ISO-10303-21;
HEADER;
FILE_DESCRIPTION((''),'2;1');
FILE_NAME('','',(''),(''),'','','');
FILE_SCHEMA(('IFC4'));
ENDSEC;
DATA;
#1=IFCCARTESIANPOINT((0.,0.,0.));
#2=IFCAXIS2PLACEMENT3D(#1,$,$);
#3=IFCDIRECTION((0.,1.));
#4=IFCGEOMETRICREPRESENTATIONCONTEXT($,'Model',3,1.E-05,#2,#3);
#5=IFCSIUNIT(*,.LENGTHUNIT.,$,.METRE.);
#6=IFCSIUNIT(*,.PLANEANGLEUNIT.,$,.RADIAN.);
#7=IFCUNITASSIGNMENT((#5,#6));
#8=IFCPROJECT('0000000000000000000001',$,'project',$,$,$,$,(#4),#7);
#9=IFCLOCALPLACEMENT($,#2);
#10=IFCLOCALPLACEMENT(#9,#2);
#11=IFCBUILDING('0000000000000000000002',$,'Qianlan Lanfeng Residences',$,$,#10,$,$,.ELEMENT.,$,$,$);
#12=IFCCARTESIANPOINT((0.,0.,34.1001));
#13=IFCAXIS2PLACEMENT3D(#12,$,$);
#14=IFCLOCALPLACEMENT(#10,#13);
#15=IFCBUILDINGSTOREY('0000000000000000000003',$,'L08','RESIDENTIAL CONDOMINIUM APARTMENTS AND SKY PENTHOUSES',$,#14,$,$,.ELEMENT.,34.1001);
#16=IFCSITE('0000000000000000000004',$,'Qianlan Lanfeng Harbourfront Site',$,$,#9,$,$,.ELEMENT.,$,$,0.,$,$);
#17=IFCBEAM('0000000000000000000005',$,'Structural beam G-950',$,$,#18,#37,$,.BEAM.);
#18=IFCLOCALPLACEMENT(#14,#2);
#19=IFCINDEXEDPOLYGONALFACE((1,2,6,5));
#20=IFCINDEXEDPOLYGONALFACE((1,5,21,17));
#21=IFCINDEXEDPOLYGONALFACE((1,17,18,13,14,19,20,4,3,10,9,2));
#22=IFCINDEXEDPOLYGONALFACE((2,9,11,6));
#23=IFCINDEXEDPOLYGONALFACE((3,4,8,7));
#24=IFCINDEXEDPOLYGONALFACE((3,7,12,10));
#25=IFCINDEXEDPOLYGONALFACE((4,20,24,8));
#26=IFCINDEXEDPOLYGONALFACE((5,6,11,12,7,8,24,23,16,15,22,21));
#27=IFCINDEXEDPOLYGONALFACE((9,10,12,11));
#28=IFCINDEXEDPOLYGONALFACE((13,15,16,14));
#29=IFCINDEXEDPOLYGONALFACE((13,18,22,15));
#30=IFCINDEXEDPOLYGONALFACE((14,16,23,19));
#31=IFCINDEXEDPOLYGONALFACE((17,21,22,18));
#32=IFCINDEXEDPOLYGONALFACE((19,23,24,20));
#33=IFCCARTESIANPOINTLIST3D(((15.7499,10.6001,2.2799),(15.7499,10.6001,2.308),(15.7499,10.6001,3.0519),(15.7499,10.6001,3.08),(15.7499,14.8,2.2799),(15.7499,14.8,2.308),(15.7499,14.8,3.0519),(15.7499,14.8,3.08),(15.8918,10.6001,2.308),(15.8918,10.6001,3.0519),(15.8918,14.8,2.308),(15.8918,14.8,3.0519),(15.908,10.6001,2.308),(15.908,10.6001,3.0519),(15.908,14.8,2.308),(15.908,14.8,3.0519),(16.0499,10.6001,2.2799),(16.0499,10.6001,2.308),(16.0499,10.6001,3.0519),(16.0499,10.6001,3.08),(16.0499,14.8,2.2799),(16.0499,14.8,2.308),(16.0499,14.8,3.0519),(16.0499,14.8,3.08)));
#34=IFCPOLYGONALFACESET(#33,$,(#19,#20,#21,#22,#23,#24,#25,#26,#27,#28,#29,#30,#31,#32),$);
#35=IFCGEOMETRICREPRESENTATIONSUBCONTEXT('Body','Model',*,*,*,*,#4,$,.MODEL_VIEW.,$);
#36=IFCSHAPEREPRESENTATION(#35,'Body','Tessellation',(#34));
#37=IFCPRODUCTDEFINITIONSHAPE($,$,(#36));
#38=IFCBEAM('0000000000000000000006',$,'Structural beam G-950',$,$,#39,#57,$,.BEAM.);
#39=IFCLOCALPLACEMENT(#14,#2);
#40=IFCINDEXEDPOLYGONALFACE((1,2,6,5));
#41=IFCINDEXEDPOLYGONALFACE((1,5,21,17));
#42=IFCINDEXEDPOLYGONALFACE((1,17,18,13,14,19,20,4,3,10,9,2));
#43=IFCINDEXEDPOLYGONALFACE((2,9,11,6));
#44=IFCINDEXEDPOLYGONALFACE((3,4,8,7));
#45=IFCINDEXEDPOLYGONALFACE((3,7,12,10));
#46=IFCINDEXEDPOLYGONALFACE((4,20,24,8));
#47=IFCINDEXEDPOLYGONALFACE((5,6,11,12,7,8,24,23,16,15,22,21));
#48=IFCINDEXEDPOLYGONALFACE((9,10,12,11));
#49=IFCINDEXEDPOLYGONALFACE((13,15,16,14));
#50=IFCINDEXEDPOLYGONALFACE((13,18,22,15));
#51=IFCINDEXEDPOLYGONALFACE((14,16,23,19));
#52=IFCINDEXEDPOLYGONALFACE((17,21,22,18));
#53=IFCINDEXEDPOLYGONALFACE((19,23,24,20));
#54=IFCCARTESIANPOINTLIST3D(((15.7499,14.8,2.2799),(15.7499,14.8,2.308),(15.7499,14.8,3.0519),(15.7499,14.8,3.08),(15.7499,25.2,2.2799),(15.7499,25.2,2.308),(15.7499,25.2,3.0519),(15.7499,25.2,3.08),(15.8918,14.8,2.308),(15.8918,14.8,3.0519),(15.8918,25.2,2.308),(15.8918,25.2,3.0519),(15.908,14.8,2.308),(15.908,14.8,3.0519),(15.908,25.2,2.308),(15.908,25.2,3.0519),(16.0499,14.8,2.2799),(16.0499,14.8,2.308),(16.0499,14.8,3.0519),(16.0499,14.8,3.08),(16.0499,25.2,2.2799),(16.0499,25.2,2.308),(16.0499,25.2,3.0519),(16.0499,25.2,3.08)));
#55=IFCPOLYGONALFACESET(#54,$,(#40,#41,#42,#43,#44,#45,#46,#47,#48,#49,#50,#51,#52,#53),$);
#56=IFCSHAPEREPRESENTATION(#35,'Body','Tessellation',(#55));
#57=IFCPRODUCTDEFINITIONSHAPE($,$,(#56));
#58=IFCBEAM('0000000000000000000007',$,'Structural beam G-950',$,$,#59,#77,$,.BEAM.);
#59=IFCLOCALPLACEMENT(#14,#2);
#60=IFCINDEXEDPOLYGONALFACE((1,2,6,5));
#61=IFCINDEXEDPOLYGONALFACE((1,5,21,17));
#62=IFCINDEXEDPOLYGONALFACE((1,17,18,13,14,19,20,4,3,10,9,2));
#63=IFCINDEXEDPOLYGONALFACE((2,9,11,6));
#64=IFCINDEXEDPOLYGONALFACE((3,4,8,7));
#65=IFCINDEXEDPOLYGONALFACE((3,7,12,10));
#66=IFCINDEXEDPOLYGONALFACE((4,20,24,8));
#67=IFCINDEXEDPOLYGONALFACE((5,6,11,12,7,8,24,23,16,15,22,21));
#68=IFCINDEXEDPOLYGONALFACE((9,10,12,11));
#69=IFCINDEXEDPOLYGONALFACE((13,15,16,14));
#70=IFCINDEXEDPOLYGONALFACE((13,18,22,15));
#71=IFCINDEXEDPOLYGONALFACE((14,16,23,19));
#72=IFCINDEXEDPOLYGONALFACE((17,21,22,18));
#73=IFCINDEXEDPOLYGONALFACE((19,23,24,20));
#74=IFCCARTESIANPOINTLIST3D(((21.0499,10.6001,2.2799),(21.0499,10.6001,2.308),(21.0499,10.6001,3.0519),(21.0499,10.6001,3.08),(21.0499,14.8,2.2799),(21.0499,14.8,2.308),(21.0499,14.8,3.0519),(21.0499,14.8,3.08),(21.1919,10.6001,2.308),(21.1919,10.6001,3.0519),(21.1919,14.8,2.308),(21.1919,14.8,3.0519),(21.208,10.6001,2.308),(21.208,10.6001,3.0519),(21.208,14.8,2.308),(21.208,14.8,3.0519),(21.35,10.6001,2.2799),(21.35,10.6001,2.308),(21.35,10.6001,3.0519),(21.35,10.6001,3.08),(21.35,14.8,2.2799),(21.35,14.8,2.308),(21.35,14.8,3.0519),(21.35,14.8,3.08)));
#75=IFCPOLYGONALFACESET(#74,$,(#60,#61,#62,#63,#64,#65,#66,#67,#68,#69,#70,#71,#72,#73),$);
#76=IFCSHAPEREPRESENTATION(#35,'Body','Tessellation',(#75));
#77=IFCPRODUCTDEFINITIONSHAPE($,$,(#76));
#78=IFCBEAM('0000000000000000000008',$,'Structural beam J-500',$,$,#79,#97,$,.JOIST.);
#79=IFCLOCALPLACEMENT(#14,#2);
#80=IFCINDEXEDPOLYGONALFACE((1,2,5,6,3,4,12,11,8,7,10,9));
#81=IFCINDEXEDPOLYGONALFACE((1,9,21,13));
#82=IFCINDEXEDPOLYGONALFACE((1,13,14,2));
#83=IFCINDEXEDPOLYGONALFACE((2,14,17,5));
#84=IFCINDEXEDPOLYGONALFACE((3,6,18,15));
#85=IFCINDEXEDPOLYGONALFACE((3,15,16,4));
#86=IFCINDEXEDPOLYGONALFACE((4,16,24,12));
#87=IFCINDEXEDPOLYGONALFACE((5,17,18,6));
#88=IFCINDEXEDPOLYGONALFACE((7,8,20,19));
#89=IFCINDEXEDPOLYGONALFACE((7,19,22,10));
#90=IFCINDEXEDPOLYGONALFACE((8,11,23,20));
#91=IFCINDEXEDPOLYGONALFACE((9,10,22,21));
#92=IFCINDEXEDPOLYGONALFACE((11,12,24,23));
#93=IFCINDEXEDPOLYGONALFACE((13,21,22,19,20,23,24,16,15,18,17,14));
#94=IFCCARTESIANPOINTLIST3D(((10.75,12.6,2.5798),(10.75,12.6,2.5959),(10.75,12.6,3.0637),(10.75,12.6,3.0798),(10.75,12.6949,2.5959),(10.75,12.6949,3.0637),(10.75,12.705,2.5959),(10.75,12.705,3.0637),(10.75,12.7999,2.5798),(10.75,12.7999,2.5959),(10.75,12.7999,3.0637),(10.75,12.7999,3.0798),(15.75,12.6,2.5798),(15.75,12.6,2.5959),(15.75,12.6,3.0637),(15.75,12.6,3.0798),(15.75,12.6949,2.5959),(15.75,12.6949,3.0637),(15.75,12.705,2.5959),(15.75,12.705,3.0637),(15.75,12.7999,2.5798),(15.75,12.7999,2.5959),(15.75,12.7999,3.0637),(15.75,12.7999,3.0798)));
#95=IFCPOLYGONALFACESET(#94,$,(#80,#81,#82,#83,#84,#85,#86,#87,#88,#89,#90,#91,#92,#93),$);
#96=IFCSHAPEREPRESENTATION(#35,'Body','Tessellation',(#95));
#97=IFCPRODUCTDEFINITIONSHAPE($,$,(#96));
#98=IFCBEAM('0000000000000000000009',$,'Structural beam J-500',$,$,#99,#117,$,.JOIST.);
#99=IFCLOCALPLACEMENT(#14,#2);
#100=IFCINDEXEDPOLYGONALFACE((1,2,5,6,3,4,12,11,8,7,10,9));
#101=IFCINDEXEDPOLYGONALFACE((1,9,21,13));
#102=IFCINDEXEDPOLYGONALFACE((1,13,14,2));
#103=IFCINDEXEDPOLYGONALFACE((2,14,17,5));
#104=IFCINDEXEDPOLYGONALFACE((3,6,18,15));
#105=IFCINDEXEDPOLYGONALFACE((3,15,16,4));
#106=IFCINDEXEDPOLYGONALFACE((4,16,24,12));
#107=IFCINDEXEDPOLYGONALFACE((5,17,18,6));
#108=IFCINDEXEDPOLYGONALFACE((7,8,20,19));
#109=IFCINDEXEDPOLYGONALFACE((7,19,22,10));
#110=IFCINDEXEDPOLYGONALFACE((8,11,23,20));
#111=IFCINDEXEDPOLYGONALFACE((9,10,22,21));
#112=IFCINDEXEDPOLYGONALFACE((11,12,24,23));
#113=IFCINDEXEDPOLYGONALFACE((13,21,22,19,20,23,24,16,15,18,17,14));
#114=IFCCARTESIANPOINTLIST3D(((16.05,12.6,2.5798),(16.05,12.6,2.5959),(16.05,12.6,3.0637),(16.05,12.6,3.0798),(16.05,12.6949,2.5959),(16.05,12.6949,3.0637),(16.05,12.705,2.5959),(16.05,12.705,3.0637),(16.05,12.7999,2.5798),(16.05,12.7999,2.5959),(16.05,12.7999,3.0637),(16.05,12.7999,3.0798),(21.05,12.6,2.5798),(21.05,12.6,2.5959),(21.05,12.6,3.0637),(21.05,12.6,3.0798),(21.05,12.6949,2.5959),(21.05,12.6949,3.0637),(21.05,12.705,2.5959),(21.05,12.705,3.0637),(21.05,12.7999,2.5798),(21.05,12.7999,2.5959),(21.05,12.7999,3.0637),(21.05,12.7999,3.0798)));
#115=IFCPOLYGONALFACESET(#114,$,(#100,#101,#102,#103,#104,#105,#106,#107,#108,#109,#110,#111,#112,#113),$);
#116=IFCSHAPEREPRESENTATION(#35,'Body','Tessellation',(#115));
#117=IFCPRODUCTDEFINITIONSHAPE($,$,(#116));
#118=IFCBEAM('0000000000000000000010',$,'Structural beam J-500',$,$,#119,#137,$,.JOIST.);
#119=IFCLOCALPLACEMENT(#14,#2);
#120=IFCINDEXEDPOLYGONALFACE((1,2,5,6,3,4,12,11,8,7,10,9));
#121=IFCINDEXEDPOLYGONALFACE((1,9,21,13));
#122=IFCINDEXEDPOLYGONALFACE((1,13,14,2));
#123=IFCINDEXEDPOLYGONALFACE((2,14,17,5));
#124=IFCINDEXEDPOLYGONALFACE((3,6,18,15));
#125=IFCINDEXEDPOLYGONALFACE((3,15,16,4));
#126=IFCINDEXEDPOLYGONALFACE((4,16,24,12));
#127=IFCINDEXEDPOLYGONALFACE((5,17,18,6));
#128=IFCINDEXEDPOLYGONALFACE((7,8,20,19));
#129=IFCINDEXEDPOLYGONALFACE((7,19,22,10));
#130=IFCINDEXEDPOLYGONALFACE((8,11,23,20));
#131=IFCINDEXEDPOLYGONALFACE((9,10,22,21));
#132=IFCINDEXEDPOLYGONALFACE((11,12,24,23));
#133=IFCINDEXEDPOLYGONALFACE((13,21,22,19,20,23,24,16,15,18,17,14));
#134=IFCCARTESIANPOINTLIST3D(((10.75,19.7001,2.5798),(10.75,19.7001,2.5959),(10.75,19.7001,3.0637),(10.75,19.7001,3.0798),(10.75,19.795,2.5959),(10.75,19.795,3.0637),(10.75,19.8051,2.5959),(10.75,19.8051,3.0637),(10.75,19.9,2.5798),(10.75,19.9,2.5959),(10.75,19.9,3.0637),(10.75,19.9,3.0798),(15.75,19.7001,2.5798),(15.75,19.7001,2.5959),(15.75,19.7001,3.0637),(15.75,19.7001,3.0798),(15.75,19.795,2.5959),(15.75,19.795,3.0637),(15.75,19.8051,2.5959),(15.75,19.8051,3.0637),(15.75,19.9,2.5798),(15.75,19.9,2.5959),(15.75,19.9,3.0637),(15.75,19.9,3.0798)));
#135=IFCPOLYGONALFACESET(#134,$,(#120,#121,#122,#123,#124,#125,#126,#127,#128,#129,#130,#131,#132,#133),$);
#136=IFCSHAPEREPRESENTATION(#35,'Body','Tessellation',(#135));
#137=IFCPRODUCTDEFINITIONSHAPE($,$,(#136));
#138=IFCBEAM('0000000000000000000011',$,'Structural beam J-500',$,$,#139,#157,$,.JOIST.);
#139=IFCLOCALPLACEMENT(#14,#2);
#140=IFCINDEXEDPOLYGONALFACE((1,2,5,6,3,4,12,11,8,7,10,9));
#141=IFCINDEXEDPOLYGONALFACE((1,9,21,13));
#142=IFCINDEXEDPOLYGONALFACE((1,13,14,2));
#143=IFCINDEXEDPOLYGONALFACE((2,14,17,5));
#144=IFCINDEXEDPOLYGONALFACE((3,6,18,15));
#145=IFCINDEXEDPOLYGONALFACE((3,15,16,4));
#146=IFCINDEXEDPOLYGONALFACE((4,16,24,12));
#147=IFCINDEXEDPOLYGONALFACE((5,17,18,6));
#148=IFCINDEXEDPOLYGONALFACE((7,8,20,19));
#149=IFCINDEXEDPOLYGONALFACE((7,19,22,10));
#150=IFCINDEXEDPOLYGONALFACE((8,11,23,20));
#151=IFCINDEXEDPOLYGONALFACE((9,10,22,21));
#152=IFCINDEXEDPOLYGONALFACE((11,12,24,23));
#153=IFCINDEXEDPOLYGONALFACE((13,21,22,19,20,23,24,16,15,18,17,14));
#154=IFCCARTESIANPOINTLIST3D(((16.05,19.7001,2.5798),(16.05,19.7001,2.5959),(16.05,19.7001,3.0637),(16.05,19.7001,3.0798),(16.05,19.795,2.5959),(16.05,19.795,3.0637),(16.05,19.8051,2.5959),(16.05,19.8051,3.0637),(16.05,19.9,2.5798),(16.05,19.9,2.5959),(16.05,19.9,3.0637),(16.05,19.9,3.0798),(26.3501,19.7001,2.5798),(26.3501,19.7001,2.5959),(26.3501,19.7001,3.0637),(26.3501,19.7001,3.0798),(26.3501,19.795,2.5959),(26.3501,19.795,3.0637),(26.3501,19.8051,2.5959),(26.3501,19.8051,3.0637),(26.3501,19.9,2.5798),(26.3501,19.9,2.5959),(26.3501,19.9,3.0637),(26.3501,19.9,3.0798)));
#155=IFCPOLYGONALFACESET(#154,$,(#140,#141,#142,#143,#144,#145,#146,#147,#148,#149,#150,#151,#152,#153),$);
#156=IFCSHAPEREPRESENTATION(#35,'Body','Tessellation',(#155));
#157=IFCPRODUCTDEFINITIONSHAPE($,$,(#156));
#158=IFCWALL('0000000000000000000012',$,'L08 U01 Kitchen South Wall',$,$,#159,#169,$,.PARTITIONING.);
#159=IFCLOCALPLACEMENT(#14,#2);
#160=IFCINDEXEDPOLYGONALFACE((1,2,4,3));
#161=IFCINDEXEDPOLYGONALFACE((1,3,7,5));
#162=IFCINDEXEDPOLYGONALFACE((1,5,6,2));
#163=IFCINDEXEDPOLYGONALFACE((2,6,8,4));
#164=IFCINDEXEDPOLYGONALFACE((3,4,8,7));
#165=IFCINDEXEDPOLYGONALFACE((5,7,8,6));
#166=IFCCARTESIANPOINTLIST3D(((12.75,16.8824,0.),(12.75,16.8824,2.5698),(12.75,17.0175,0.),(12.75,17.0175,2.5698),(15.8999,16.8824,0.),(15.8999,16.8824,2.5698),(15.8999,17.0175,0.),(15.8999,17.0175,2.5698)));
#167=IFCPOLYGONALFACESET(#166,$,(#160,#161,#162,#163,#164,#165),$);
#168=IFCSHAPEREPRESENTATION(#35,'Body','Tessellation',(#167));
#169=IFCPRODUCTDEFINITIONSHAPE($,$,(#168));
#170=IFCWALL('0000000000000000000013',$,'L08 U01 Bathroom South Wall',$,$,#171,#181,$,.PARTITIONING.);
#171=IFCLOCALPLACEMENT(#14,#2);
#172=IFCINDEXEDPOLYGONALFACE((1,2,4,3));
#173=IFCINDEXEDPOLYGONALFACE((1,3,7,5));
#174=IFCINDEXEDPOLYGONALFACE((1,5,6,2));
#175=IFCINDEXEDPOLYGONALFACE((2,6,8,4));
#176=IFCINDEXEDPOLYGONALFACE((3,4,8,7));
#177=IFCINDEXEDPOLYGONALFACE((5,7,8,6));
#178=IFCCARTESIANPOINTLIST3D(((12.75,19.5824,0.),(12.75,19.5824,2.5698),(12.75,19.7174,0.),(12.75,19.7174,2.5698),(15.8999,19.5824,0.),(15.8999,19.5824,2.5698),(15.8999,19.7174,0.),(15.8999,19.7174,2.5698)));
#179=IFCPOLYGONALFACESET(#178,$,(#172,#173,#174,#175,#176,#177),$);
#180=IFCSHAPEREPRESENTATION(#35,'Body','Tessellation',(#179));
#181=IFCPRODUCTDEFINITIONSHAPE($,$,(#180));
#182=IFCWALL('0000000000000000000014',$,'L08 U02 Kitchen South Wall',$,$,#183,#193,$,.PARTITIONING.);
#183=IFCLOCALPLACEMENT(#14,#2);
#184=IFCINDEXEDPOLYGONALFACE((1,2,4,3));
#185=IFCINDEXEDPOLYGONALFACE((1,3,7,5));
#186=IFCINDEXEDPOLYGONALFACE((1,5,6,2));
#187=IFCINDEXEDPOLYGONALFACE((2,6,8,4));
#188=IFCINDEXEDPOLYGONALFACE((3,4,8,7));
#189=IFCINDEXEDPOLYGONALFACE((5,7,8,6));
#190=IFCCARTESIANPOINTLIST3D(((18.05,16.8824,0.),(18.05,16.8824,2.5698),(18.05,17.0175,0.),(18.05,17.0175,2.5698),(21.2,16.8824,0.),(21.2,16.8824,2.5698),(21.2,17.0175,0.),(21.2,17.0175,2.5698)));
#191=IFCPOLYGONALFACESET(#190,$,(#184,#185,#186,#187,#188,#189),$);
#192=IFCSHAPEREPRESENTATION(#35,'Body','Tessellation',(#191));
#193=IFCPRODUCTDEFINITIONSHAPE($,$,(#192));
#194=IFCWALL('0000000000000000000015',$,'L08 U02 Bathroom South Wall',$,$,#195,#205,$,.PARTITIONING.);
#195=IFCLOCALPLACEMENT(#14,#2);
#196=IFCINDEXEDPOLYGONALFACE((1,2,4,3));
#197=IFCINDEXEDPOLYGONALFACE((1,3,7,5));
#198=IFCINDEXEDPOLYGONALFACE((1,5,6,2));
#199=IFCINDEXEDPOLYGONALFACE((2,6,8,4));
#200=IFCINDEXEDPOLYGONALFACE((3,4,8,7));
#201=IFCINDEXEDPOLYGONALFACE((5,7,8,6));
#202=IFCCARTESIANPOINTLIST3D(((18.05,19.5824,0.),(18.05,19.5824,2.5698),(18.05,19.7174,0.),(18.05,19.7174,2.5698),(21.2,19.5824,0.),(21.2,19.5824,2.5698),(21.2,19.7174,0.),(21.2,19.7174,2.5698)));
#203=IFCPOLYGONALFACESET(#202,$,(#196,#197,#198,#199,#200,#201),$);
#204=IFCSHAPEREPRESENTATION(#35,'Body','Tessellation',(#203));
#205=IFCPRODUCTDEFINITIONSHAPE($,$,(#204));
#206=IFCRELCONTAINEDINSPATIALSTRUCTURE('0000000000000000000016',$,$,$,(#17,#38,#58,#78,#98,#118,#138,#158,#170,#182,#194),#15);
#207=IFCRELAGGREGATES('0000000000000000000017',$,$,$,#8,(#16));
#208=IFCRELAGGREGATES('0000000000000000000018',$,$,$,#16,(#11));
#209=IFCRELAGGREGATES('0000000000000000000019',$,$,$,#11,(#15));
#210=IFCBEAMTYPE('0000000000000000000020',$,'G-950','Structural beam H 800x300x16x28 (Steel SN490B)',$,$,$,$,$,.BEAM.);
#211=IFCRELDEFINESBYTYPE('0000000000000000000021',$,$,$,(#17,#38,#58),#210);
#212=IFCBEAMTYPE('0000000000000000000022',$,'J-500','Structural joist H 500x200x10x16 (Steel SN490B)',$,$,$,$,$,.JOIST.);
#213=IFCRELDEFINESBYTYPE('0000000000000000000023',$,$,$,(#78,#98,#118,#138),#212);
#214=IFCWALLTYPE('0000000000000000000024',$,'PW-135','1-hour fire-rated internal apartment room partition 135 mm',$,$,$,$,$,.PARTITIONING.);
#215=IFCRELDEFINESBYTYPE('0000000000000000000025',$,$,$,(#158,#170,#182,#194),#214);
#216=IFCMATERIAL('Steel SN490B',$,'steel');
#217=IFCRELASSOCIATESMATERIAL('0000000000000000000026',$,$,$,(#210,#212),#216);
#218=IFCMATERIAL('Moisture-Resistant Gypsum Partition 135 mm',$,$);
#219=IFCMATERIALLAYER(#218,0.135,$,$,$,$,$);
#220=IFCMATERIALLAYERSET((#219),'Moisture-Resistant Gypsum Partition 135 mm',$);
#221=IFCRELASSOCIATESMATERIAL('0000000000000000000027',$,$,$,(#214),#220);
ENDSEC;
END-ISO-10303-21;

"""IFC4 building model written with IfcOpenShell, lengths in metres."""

from ifc_helpers import new_model, si_unit, direction, frame, frame_2d, origin, origin_2d, place, context, subcontext, project, spatial, rectangle, i_section, extrude, material, layer, layer_set, material_profile, profile_set, type_object, element, save


model = new_model("IFC4")

# Units and contexts
model_context = context("Model", 3, precision=1e-05, world=origin(), true_north=direction((0.0, 1.0)))
body_context = subcontext(model_context, "Body", "Model", "MODEL_VIEW")
ifc_project = project(units=[si_unit("LENGTHUNIT", "METRE"), si_unit("PLANEANGLEUNIT", "RADIAN")], contexts=[model_context])

# Site, building, storey
site_placement = place(None, origin())
site = spatial("IfcSite", under=ifc_project, at=site_placement, Name="Qianlan Lanfeng Harbourfront Site", CompositionType="ELEMENT", RefElevation=0.0)
building_placement = place(site_placement, origin())
building = spatial("IfcBuilding", under=site, at=building_placement, Name="Qianlan Lanfeng Residences", CompositionType="ELEMENT")
storey_placement = place(building_placement, frame((0.0, 0.0, 34.1001)))
storey = spatial("IfcBuildingStorey", under=building, at=storey_placement, Name="L08", Description="RESIDENTIAL CONDOMINIUM APARTMENTS AND SKY PENTHOUSES", CompositionType="ELEMENT", Elevation=34.1001)

# Beams
ifc_material_1 = material(Name="Steel SN490B", Category="steel")
ifc_material_profile_1 = material_profile(ifc_material_1, i_section(OverallWidth=0.3, OverallDepth=0.8, WebThickness=0.0161, FlangeThickness=0.0281, at=origin_2d()), Name="H 800x300x16x28")
ifc_profile_set_1 = profile_set([ifc_material_profile_1], Name="Steel SN490B")
beam_type_1 = type_object("IfcBeamType", Name="G-950", Description="Structural beam H 800x300x16x28 (Steel SN490B)", PredefinedType="BEAM", material=ifc_profile_set_1)
beam_1_placement = place(storey_placement, frame((15.8999, 10.6001, 2.6799), z_axis=(0.0, 1.0, 0.0), x_axis=(-1.0, 0.0, 0.0)))
element("IfcBeam", 1, at=beam_1_placement, inside=storey, type_object=beam_type_1, Name="Structural beam G-950", PredefinedType="BEAM", context=body_context, shape_type="SweptSolid", body=[
    extrude(i_section(OverallWidth=0.3, OverallDepth=0.8, WebThickness=0.0161, FlangeThickness=0.0281, at=origin_2d()), origin(), (0.0, 0.0, 1.0), 4.2),
])
beam_2_placement = place(storey_placement, frame((15.8999, 14.8, 2.6799), z_axis=(0.0, 1.0, 0.0), x_axis=(-1.0, 0.0, 0.0)))
element("IfcBeam", 2, at=beam_2_placement, inside=storey, type_object=beam_type_1, Name="Structural beam G-950", PredefinedType="BEAM", context=body_context, shape_type="SweptSolid", body=[
    extrude(i_section(OverallWidth=0.3, OverallDepth=0.8, WebThickness=0.0161, FlangeThickness=0.0281, at=origin_2d()), origin(), (0.0, 0.0, 1.0), 10.3999),
])
beam_3_placement = place(storey_placement, frame((21.2, 10.6001, 2.6799), z_axis=(0.0, 1.0, 0.0), x_axis=(-1.0, 0.0, 0.0)))
element("IfcBeam", 3, at=beam_3_placement, inside=storey, type_object=beam_type_1, Name="Structural beam G-950", PredefinedType="BEAM", context=body_context, shape_type="SweptSolid", body=[
    extrude(i_section(OverallWidth=0.3, OverallDepth=0.8, WebThickness=0.0161, FlangeThickness=0.0281, at=origin_2d()), origin(), (0.0, 0.0, 1.0), 4.2),
])
ifc_material_profile_2 = material_profile(ifc_material_1, i_section(OverallWidth=0.2, OverallDepth=0.5, WebThickness=0.01, FlangeThickness=0.0161, at=origin_2d()), Name="H 500x200x10x16")
ifc_profile_set_2 = profile_set([ifc_material_profile_2], Name="Steel SN490B")
beam_type_2 = type_object("IfcBeamType", Name="J-500", Description="Structural joist H 500x200x10x16 (Steel SN490B)", PredefinedType="JOIST", material=ifc_profile_set_2)
for number, where, z_axis, x_axis, name in (
    (4, (10.75, 12.7, 2.8298), (1.0, 0.0, 0.0), (0.0, 1.0, 0.0), "Structural beam J-500"),
    (5, (16.05, 12.7, 2.8298), (1.0, 0.0, 0.0), (0.0, 1.0, 0.0), "Structural beam J-500"),
    (6, (10.75, 19.8, 2.8298), (1.0, 0.0, 0.0), (0.0, 1.0, 0.0), "Structural beam J-500"),
):
    element("IfcBeam", number, at=place(storey_placement, frame(where, z_axis=z_axis, x_axis=x_axis)), inside=storey, type_object=beam_type_2, Name=name, PredefinedType="JOIST", context=body_context, shape_type="SweptSolid", body=[
        extrude(i_section(OverallWidth=0.2, OverallDepth=0.5, WebThickness=0.01, FlangeThickness=0.0161, at=origin_2d()), origin(), (0.0, 0.0, 1.0), 5.0),
    ])
beam_4_placement = place(storey_placement, frame((16.05, 19.8, 2.8298), z_axis=(1.0, 0.0, 0.0), x_axis=(0.0, 1.0, 0.0)))
element("IfcBeam", 7, at=beam_4_placement, inside=storey, type_object=beam_type_2, Name="Structural beam J-500", PredefinedType="JOIST", context=body_context, shape_type="SweptSolid", body=[
    extrude(i_section(OverallWidth=0.2, OverallDepth=0.5, WebThickness=0.01, FlangeThickness=0.0161, at=origin_2d()), origin(), (0.0, 0.0, 1.0), 10.3),
])

# Walls
ifc_material_2 = material(Name="Moisture-Resistant Gypsum Partition 135 mm")
ifc_layer = layer(ifc_material_2, 0.135)
ifc_layer_set = layer_set([ifc_layer], Name="Moisture-Resistant Gypsum Partition 135 mm")
wall_type = type_object("IfcWallType", Name="PW-135", Description="1-hour fire-rated internal apartment room partition 135 mm", PredefinedType="PARTITIONING", material=ifc_layer_set)
for number, where, z_axis, x_axis, name in (
    (8, (12.75, 16.95, 0.0), (0.0, 0.0, 1.0), (1.0, 0.0, 0.0), "L08 U01 Kitchen South Wall"),
    (9, (12.75, 19.6499, 0.0), (0.0, 0.0, 1.0), (1.0, 0.0, 0.0), "L08 U01 Bathroom South Wall"),
    (10, (18.05, 16.95, 0.0), (0.0, 0.0, 1.0), (1.0, 0.0, 0.0), "L08 U02 Kitchen South Wall"),
    (11, (18.05, 19.6499, 0.0), (0.0, 0.0, 1.0), (1.0, 0.0, 0.0), "L08 U02 Bathroom South Wall"),
):
    element("IfcWall", number, at=place(storey_placement, frame(where, z_axis=z_axis, x_axis=x_axis)), inside=storey, type_object=wall_type, Name=name, PredefinedType="PARTITIONING", context=body_context, shape_type="SweptSolid", body=[
        extrude(rectangle(XDim=3.1499, YDim=0.135, at=frame_2d((1.575, 0.0))), origin(), (0.0, 0.0, 1.0), 2.5698),
    ])

save(model, "model.ifc")
